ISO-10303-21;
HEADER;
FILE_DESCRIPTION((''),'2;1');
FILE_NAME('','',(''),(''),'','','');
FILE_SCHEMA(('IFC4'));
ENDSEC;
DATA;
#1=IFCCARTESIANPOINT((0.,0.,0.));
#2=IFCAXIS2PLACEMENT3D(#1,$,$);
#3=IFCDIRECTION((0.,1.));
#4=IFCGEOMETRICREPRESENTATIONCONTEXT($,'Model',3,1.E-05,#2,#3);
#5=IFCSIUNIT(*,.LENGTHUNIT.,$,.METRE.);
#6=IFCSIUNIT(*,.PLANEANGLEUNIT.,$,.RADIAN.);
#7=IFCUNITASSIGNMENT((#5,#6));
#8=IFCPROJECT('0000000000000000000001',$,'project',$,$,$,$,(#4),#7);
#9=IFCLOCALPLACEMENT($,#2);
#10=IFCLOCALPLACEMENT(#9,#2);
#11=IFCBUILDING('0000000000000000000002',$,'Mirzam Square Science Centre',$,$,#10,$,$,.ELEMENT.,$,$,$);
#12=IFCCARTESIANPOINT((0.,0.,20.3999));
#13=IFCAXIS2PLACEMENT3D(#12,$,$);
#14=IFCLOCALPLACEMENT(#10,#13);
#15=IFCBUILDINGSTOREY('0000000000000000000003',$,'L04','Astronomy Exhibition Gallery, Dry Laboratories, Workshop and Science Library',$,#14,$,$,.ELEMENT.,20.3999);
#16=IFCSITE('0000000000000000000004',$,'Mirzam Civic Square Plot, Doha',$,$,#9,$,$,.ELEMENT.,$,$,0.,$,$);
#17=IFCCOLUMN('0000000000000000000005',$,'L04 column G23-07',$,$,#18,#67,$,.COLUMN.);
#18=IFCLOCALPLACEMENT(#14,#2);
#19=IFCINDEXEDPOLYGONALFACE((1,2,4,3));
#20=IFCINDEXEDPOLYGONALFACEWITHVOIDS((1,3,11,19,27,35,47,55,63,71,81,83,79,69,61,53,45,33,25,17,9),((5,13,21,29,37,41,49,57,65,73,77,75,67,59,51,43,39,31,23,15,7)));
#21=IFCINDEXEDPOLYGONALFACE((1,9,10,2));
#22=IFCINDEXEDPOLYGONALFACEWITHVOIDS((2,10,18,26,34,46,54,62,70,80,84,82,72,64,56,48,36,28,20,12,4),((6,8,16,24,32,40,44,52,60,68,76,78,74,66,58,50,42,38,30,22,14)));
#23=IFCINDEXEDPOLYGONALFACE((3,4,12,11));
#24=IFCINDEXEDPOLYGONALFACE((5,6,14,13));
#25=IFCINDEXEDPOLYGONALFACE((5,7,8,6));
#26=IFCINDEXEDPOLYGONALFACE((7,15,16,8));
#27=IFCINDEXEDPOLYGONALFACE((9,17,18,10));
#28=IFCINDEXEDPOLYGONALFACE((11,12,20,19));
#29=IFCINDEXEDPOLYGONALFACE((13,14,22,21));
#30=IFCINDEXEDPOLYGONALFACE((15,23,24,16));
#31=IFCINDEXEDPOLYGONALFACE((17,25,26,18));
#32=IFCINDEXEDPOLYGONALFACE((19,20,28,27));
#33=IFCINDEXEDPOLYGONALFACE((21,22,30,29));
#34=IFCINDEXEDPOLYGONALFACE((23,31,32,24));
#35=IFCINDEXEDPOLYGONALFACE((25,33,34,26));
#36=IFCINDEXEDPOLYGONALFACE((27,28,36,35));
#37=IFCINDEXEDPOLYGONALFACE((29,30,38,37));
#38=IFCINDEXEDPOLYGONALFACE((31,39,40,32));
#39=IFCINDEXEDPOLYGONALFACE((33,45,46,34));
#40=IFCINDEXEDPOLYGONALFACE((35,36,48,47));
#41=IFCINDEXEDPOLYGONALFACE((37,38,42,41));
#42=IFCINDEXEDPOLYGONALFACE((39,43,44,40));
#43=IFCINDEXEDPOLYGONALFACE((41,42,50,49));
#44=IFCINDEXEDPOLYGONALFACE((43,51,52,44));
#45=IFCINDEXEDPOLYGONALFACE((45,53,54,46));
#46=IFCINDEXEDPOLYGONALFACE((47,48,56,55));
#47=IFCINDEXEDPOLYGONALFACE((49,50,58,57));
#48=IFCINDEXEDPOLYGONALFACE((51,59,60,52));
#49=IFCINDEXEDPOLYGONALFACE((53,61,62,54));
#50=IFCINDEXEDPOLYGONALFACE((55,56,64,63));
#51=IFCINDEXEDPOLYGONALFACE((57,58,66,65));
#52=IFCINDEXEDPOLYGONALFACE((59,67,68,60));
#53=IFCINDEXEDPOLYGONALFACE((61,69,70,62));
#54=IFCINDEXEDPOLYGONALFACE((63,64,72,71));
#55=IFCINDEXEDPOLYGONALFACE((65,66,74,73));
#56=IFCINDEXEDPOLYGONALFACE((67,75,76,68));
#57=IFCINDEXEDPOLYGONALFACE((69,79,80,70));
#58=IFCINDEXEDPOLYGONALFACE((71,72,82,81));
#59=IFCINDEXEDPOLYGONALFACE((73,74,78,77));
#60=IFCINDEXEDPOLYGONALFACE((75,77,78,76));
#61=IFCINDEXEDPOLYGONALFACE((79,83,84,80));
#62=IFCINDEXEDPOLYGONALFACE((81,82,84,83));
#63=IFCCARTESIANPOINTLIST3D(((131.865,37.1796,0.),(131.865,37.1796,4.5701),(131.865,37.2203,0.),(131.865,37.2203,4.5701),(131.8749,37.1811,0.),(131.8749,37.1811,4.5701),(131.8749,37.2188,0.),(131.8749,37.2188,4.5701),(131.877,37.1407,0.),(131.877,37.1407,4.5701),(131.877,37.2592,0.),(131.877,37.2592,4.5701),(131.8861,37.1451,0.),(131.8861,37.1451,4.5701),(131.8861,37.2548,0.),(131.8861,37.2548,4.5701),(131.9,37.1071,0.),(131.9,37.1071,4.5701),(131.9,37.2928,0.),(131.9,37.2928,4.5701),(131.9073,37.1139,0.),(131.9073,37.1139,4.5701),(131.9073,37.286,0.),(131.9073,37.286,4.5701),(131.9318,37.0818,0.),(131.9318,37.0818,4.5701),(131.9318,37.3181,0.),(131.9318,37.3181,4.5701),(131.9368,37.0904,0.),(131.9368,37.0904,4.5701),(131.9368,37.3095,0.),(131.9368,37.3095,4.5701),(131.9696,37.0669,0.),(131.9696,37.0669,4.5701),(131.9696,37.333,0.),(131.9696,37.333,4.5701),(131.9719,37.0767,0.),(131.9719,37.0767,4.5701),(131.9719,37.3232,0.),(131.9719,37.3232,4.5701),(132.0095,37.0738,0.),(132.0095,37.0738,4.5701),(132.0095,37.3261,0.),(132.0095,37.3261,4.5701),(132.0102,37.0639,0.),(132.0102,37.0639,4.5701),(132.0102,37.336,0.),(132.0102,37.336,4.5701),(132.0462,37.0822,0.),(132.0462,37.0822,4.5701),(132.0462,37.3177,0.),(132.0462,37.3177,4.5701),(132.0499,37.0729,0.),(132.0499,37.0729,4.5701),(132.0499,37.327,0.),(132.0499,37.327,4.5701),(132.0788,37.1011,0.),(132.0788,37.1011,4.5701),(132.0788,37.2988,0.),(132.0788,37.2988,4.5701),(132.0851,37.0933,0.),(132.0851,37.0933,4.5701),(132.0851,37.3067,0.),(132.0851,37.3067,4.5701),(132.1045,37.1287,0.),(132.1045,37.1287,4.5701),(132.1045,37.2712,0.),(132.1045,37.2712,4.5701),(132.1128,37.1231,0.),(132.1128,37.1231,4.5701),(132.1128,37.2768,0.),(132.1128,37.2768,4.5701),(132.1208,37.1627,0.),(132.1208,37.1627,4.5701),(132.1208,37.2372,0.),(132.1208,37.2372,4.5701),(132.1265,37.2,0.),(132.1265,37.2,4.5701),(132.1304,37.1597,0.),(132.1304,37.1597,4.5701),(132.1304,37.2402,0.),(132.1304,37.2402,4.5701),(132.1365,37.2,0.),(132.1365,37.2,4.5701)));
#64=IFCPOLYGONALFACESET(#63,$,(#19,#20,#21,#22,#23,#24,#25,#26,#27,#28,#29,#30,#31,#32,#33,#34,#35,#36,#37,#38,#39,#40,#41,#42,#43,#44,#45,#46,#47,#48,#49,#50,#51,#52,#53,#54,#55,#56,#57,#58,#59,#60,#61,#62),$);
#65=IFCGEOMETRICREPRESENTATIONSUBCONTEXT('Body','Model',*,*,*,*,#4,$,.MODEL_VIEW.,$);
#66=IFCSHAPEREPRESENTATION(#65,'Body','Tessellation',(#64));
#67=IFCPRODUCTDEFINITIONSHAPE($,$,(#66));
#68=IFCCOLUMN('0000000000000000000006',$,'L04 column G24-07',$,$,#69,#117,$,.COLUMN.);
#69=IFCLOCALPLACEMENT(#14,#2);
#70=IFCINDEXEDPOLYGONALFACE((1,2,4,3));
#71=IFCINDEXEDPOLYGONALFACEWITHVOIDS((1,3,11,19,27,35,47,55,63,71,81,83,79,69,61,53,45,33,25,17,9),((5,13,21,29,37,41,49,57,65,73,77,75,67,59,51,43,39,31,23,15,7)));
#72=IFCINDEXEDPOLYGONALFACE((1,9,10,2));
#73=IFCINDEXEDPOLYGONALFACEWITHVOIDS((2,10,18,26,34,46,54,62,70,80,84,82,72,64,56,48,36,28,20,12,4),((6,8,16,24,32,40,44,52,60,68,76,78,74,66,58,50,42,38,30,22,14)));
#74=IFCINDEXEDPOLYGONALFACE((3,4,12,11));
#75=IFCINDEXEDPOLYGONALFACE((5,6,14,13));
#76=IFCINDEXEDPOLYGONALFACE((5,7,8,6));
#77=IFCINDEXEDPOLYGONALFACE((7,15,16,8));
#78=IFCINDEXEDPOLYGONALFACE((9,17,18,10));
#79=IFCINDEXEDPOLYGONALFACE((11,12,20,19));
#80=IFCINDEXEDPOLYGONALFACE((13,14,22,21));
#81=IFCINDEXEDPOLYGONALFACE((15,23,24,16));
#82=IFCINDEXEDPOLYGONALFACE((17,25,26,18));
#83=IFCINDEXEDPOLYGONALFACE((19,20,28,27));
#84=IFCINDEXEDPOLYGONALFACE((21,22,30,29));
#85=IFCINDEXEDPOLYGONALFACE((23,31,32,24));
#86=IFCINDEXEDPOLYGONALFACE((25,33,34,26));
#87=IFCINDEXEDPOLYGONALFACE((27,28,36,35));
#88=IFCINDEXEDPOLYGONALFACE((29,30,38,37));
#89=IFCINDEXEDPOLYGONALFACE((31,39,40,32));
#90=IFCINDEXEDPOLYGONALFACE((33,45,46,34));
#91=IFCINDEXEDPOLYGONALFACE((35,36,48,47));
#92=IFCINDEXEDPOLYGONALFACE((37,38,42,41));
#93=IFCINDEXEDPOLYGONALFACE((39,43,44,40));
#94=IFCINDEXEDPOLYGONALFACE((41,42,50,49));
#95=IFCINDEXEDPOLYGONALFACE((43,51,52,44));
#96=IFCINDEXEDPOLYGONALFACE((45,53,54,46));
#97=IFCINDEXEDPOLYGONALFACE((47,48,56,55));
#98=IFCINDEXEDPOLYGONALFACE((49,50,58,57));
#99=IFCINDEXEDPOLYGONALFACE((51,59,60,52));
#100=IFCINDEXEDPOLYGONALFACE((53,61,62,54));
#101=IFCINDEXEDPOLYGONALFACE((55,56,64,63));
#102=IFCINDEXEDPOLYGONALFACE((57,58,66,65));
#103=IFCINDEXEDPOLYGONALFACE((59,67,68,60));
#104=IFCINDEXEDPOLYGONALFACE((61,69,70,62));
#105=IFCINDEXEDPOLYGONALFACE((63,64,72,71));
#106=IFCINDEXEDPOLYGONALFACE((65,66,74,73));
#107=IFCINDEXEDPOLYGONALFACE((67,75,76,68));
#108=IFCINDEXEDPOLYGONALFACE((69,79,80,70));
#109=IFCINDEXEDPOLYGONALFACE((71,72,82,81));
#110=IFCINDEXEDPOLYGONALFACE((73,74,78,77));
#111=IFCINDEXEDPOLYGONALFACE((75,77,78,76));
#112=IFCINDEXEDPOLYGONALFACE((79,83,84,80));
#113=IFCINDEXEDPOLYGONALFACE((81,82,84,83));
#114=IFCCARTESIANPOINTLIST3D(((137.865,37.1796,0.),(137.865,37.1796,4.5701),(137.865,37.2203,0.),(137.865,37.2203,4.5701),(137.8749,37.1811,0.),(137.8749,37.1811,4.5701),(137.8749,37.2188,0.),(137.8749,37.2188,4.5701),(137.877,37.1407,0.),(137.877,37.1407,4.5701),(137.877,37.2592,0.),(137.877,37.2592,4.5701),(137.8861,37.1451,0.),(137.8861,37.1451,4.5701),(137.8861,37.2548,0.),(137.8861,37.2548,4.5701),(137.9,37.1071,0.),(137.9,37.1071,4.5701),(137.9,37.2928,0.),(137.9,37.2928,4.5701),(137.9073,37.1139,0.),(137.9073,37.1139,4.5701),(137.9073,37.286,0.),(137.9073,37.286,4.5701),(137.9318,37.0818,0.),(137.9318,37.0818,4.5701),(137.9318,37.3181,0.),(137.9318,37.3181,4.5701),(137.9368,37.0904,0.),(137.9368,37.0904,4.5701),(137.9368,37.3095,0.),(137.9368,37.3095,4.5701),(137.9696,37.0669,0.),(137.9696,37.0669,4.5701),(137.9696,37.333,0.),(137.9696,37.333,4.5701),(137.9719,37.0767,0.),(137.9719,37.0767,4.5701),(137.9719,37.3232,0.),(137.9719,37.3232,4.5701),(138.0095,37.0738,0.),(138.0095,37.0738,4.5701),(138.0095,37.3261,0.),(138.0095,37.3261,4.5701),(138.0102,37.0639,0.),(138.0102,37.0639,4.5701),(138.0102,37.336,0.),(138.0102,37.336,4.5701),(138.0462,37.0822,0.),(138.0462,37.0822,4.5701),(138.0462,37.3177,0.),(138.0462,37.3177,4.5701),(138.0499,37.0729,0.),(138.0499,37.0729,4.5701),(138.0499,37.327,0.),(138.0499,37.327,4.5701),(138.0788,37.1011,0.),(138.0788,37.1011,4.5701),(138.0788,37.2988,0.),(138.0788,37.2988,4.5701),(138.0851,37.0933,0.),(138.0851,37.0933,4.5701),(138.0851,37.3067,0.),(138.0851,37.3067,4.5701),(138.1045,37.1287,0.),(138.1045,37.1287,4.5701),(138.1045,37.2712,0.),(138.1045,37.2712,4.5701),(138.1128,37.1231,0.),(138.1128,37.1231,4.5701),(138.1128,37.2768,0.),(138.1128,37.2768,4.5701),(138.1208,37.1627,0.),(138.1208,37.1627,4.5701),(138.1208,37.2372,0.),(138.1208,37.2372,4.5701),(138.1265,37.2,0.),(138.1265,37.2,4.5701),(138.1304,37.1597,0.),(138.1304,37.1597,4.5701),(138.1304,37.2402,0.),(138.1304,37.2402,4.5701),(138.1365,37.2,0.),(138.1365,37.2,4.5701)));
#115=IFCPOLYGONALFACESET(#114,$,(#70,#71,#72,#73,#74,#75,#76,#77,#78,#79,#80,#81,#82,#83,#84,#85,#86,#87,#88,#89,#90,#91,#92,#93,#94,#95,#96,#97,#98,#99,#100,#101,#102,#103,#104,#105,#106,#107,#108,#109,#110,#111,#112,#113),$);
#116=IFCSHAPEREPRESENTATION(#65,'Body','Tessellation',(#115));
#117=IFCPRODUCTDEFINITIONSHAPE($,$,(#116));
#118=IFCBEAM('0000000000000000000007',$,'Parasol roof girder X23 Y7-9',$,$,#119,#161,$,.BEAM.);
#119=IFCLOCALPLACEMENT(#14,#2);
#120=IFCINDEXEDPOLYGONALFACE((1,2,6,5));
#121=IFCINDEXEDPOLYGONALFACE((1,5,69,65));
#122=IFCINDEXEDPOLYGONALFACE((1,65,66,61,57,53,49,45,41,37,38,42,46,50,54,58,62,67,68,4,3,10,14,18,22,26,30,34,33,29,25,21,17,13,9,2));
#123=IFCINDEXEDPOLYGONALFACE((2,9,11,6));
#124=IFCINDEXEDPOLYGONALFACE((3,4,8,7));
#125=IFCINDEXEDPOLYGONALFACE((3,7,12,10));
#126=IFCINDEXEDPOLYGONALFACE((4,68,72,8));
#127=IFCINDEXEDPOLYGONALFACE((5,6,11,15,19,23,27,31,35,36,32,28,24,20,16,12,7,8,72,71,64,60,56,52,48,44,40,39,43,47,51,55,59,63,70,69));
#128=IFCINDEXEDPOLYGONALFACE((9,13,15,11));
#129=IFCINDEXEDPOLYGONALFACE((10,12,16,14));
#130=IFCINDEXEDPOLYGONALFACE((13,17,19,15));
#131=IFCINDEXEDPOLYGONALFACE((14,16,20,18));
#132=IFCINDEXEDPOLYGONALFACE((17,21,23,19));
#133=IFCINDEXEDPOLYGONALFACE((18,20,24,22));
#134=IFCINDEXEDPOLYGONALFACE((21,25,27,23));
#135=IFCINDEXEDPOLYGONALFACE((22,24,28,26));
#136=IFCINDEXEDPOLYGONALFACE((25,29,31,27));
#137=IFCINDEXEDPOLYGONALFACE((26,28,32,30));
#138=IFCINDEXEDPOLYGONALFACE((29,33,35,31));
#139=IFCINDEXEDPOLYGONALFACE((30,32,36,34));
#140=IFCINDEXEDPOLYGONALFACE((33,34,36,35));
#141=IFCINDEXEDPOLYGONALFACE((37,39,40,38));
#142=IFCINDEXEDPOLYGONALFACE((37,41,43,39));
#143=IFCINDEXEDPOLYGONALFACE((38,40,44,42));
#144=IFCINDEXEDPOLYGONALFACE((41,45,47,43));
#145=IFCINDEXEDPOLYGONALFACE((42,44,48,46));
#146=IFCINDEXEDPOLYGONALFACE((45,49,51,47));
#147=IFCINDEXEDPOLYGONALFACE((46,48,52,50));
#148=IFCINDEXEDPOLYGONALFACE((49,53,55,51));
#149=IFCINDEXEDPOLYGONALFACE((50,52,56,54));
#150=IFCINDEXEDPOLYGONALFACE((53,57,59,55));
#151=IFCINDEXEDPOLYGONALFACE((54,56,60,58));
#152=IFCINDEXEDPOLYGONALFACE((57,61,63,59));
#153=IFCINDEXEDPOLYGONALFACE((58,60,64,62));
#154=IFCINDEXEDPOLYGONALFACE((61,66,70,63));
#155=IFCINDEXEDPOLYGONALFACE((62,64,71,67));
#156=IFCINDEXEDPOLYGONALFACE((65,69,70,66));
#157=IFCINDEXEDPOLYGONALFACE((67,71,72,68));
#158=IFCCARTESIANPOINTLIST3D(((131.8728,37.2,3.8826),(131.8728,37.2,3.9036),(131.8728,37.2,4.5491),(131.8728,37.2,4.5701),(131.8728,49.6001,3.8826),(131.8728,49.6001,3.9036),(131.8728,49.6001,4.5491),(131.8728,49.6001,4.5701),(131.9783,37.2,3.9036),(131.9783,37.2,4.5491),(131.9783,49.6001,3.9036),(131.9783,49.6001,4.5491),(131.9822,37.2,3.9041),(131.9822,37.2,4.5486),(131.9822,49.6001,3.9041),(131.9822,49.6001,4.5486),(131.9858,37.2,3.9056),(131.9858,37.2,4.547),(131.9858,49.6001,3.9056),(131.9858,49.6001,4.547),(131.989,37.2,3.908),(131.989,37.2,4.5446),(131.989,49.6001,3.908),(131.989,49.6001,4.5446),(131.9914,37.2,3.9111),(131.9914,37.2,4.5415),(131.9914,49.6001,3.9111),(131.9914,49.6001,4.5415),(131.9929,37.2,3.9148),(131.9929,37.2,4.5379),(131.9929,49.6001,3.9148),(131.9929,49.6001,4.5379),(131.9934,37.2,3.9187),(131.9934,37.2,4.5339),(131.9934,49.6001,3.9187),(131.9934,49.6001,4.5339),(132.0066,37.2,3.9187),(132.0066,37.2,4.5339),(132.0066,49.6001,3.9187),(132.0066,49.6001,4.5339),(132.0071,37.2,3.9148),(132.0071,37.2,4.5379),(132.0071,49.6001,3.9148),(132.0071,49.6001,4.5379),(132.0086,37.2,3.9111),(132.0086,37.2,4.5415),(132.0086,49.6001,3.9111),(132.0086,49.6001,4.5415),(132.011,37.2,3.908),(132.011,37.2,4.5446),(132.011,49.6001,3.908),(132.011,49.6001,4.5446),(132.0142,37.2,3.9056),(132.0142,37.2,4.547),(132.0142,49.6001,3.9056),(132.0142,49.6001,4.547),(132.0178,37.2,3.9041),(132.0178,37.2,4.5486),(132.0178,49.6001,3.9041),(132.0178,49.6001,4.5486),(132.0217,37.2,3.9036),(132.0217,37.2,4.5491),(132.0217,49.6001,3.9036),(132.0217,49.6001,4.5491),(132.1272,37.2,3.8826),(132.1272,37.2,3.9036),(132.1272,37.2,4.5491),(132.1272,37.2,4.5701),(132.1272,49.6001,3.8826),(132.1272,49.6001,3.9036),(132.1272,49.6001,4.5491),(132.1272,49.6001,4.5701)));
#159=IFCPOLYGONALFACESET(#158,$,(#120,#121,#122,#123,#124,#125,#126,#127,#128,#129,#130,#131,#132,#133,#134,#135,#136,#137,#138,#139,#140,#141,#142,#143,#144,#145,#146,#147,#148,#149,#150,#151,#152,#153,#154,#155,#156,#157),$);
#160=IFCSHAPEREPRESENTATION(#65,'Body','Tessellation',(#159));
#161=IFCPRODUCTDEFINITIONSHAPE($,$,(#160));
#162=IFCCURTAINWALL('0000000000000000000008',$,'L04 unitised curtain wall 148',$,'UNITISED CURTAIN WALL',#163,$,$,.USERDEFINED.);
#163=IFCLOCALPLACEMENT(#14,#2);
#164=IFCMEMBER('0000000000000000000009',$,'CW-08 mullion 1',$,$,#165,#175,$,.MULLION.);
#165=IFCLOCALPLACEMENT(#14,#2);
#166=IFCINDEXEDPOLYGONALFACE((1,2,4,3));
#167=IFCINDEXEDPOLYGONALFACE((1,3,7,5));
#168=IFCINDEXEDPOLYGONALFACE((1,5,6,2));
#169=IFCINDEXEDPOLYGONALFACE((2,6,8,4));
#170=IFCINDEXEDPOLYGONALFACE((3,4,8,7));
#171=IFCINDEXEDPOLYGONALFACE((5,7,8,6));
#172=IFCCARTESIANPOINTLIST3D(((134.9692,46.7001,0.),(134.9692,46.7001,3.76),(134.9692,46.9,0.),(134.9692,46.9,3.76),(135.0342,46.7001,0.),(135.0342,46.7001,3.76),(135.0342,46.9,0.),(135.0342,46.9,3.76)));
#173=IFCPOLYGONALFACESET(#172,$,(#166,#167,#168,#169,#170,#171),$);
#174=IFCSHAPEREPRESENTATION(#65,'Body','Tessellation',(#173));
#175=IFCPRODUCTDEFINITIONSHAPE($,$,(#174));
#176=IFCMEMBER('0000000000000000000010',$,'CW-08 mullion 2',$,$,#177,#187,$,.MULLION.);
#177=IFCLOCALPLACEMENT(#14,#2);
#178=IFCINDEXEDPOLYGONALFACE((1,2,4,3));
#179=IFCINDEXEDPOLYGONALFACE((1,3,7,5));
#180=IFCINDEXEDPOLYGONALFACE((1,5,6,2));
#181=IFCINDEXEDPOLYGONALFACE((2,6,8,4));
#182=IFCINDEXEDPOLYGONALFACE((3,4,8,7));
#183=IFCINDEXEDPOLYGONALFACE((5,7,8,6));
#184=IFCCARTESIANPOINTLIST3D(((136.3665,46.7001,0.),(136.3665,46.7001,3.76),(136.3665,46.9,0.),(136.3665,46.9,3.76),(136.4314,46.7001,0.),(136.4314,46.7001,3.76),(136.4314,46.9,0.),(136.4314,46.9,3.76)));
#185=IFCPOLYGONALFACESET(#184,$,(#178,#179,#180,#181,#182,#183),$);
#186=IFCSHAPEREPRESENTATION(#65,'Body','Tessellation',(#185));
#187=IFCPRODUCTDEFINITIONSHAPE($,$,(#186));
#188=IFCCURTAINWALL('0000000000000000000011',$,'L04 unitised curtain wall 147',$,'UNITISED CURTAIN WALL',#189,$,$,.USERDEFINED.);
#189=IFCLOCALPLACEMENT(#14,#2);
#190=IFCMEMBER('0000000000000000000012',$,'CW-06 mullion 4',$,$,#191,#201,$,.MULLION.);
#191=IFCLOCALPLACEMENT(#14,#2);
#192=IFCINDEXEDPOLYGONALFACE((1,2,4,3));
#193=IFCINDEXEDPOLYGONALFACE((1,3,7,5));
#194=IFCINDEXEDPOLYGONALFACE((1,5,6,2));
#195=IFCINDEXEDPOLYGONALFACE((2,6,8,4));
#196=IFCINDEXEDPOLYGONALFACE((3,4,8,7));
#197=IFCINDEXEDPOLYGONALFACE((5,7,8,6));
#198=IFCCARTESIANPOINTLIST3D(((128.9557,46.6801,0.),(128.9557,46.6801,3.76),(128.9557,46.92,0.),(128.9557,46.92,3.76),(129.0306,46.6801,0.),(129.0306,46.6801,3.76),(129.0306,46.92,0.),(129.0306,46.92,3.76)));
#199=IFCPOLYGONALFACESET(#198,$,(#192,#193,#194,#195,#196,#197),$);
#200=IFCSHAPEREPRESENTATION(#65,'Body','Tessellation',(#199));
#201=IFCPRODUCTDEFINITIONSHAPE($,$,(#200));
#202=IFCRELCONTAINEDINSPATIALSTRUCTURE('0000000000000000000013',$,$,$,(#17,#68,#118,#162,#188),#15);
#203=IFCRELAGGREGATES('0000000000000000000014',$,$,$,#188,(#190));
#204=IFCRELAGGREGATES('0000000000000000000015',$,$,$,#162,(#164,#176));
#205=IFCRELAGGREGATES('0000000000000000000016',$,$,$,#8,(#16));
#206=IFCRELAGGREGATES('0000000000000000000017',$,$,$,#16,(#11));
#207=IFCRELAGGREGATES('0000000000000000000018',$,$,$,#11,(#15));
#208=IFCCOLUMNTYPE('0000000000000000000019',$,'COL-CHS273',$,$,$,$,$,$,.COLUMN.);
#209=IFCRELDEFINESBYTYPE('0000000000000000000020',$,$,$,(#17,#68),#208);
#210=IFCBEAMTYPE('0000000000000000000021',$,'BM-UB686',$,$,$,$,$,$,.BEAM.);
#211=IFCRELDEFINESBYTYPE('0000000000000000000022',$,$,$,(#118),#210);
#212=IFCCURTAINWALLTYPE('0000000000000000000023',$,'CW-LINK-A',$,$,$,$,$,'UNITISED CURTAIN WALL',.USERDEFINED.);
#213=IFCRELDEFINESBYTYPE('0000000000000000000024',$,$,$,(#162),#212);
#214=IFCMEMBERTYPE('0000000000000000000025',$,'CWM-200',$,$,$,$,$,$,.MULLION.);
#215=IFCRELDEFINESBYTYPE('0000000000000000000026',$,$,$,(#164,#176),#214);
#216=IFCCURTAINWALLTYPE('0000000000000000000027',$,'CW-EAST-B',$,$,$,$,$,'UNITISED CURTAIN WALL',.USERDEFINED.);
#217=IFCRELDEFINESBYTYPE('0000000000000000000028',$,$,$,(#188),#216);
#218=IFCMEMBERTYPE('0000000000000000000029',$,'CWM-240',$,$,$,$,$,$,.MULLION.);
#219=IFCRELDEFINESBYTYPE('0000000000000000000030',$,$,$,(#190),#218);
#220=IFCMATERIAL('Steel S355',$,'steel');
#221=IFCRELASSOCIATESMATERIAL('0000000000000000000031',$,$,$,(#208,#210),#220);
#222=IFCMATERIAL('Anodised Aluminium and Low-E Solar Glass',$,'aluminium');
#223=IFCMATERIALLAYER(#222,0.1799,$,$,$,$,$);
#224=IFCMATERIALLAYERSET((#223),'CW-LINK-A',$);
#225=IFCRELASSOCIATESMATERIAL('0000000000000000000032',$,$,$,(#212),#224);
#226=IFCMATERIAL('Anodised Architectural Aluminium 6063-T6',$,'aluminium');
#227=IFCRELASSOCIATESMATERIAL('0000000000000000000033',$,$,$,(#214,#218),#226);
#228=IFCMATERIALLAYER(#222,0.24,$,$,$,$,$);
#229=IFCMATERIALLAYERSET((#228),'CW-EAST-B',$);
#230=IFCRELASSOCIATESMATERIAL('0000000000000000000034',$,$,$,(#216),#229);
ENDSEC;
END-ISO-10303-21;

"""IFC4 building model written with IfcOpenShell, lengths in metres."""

from ifc_helpers import new_model, si_unit, direction, frame, origin, origin_2d, place, context, subcontext, project, spatial, rectangle, hollow_circle, i_section, extrude, material, layer, layer_set, material_profile, profile_set, type_object, element, aggregate, save


model = new_model("IFC4")

# Units and contexts
model_context = context("Model", 3, precision=1e-05, world=origin(), true_north=direction((0.0, 1.0)))
body_context = subcontext(model_context, "Body", "Model", "MODEL_VIEW")
ifc_project = project(units=[si_unit("LENGTHUNIT", "METRE"), si_unit("PLANEANGLEUNIT", "RADIAN")], contexts=[model_context])

# Site, building, storey
site_placement = place(None, origin())
site = spatial("IfcSite", under=ifc_project, at=site_placement, Name="Mirzam Civic Square Plot, Doha", CompositionType="ELEMENT", RefElevation=0.0)
building_placement = place(site_placement, origin())
building = spatial("IfcBuilding", under=site, at=building_placement, Name="Mirzam Square Science Centre", CompositionType="ELEMENT")
storey_placement = place(building_placement, frame((0.0, 0.0, 20.3999)))
storey = spatial("IfcBuildingStorey", under=building, at=storey_placement, Name="L04", Description="Astronomy Exhibition Gallery, Dry Laboratories, Workshop and Science Library", CompositionType="ELEMENT", Elevation=20.3999)

# Columns
ifc_material_1 = material(Name="Steel S355", Category="steel")
ifc_material_profile_1 = material_profile(ifc_material_1, hollow_circle(Radius=0.1365, WallThickness=0.01, at=origin_2d()), Name="273.0x10.0CHS")
ifc_profile_set_1 = profile_set([ifc_material_profile_1], Name="Steel S355")
column_type = type_object("IfcColumnType", Name="COL-CHS273", PredefinedType="COLUMN", material=ifc_profile_set_1)
for number, where, z_axis, x_axis, name in (
    (1, (132.0, 37.2, 0.0), (0.0, 0.0, 1.0), (1.0, 0.0, 0.0), "L04 column G23-07"),
    (2, (138.0, 37.2, 0.0), (0.0, 0.0, 1.0), (1.0, 0.0, 0.0), "L04 column G24-07"),
):
    element("IfcColumn", number, at=place(storey_placement, frame(where, z_axis=z_axis, x_axis=x_axis)), inside=storey, type_object=column_type, Name=name, PredefinedType="COLUMN", context=body_context, shape_type="SweptSolid", body=[
        extrude(hollow_circle(Radius=0.1365, WallThickness=0.01, at=origin_2d()), origin(), (0.0, 0.0, 1.0), 4.5701),
    ])

# Beam
ifc_material_profile_2 = material_profile(ifc_material_1, i_section(OverallWidth=0.2544, OverallDepth=0.6875, WebThickness=0.0132, FlangeThickness=0.021, FilletRadius=0.0151, at=origin_2d()), Name="686x254x152UB")
ifc_profile_set_2 = profile_set([ifc_material_profile_2], Name="Steel S355")
beam_type_1 = type_object("IfcBeamType", Name="BM-UB686", PredefinedType="BEAM", material=ifc_profile_set_2)
beam_1_placement = place(storey_placement, frame((132.0, 37.2, 4.2263), z_axis=(0.0, 1.0, 0.0), x_axis=(-1.0, 0.0, 0.0)))
element("IfcBeam", 3, at=beam_1_placement, inside=storey, type_object=beam_type_1, Name="Parasol roof girder X23 Y7-9", PredefinedType="BEAM", context=body_context, shape_type="SweptSolid", body=[
    extrude(i_section(OverallWidth=0.2544, OverallDepth=0.6875, WebThickness=0.0132, FlangeThickness=0.021, FilletRadius=0.0151, at=origin_2d()), origin(), (0.0, 0.0, 1.0), 12.4001),
])

# Curtain wall, members
ifc_material_2 = material(Name="Anodised Aluminium and Low-E Solar Glass", Category="aluminium")
ifc_layer_1 = layer(ifc_material_2, 0.1799)
ifc_layer_set_1 = layer_set([ifc_layer_1], Name="CW-LINK-A")
curtain_wall_type_1 = type_object("IfcCurtainWallType", Name="CW-LINK-A", ElementType="UNITISED CURTAIN WALL", PredefinedType="USERDEFINED", material=ifc_layer_set_1)
curtain_wall_1_placement = place(storey_placement, origin())
curtain_wall_1 = element("IfcCurtainWall", 4, at=curtain_wall_1_placement, inside=storey, type_object=curtain_wall_type_1, Name="L04 unitised curtain wall 148", ObjectType="UNITISED CURTAIN WALL", PredefinedType="USERDEFINED")
ifc_material_3 = material(Name="Anodised Architectural Aluminium 6063-T6", Category="aluminium")
ifc_material_profile_3 = material_profile(ifc_material_3, rectangle(XDim=0.0649, YDim=0.2, at=origin_2d()), Name="ALU-MULL-200x65x5")
ifc_profile_set_3 = profile_set([ifc_material_profile_3], Name="Anodised Architectural Aluminium 6063-T6")
member_type_1 = type_object("IfcMemberType", Name="CWM-200", PredefinedType="MULLION", material=ifc_profile_set_3)
member_1_placement = place(storey_placement, frame((135.0017, 46.8, 0.0), z_axis=(0.0, 0.0, 1.0), x_axis=(1.0, 0.0, 0.0)))
member_1 = element("IfcMember", 5, at=member_1_placement, type_object=member_type_1, Name="CW-08 mullion 1", PredefinedType="MULLION", context=body_context, shape_type="SweptSolid", body=[
    extrude(rectangle(XDim=0.0649, YDim=0.2, at=origin_2d()), origin(), (0.0, 0.0, 1.0), 3.76),
])
member_2_placement = place(storey_placement, frame((136.3989, 46.8, 0.0), z_axis=(0.0, 0.0, 1.0), x_axis=(1.0, 0.0, 0.0)))
member_2 = element("IfcMember", 6, at=member_2_placement, type_object=member_type_1, Name="CW-08 mullion 2", PredefinedType="MULLION", context=body_context, shape_type="SweptSolid", body=[
    extrude(rectangle(XDim=0.0649, YDim=0.2, at=origin_2d()), origin(), (0.0, 0.0, 1.0), 3.76),
])

# Curtain wall, member
ifc_layer_2 = layer(ifc_material_2, 0.24)
ifc_layer_set_2 = layer_set([ifc_layer_2], Name="CW-EAST-B")
curtain_wall_type_2 = type_object("IfcCurtainWallType", Name="CW-EAST-B", ElementType="UNITISED CURTAIN WALL", PredefinedType="USERDEFINED", material=ifc_layer_set_2)
curtain_wall_2_placement = place(storey_placement, origin())
curtain_wall_2 = element("IfcCurtainWall", 7, at=curtain_wall_2_placement, inside=storey, type_object=curtain_wall_type_2, Name="L04 unitised curtain wall 147", ObjectType="UNITISED CURTAIN WALL", PredefinedType="USERDEFINED")
ifc_material_profile_4 = material_profile(ifc_material_3, rectangle(XDim=0.075, YDim=0.24, at=origin_2d()), Name="ALU-MULL-240x75x5")
ifc_profile_set_4 = profile_set([ifc_material_profile_4], Name="Anodised Architectural Aluminium 6063-T6")
member_type_2 = type_object("IfcMemberType", Name="CWM-240", PredefinedType="MULLION", material=ifc_profile_set_4)
member_3_placement = place(storey_placement, frame((128.9932, 46.8, 0.0), z_axis=(0.0, 0.0, 1.0), x_axis=(1.0, 0.0, 0.0)))
member_3 = element("IfcMember", 8, at=member_3_placement, type_object=member_type_2, Name="CW-06 mullion 4", PredefinedType="MULLION", context=body_context, shape_type="SweptSolid", body=[
    extrude(rectangle(XDim=0.075, YDim=0.24, at=origin_2d()), origin(), (0.0, 0.0, 1.0), 3.76),
])

aggregate(curtain_wall_2, [member_3])
aggregate(curtain_wall_1, [member_1, member_2])

save(model, "model.ifc")
